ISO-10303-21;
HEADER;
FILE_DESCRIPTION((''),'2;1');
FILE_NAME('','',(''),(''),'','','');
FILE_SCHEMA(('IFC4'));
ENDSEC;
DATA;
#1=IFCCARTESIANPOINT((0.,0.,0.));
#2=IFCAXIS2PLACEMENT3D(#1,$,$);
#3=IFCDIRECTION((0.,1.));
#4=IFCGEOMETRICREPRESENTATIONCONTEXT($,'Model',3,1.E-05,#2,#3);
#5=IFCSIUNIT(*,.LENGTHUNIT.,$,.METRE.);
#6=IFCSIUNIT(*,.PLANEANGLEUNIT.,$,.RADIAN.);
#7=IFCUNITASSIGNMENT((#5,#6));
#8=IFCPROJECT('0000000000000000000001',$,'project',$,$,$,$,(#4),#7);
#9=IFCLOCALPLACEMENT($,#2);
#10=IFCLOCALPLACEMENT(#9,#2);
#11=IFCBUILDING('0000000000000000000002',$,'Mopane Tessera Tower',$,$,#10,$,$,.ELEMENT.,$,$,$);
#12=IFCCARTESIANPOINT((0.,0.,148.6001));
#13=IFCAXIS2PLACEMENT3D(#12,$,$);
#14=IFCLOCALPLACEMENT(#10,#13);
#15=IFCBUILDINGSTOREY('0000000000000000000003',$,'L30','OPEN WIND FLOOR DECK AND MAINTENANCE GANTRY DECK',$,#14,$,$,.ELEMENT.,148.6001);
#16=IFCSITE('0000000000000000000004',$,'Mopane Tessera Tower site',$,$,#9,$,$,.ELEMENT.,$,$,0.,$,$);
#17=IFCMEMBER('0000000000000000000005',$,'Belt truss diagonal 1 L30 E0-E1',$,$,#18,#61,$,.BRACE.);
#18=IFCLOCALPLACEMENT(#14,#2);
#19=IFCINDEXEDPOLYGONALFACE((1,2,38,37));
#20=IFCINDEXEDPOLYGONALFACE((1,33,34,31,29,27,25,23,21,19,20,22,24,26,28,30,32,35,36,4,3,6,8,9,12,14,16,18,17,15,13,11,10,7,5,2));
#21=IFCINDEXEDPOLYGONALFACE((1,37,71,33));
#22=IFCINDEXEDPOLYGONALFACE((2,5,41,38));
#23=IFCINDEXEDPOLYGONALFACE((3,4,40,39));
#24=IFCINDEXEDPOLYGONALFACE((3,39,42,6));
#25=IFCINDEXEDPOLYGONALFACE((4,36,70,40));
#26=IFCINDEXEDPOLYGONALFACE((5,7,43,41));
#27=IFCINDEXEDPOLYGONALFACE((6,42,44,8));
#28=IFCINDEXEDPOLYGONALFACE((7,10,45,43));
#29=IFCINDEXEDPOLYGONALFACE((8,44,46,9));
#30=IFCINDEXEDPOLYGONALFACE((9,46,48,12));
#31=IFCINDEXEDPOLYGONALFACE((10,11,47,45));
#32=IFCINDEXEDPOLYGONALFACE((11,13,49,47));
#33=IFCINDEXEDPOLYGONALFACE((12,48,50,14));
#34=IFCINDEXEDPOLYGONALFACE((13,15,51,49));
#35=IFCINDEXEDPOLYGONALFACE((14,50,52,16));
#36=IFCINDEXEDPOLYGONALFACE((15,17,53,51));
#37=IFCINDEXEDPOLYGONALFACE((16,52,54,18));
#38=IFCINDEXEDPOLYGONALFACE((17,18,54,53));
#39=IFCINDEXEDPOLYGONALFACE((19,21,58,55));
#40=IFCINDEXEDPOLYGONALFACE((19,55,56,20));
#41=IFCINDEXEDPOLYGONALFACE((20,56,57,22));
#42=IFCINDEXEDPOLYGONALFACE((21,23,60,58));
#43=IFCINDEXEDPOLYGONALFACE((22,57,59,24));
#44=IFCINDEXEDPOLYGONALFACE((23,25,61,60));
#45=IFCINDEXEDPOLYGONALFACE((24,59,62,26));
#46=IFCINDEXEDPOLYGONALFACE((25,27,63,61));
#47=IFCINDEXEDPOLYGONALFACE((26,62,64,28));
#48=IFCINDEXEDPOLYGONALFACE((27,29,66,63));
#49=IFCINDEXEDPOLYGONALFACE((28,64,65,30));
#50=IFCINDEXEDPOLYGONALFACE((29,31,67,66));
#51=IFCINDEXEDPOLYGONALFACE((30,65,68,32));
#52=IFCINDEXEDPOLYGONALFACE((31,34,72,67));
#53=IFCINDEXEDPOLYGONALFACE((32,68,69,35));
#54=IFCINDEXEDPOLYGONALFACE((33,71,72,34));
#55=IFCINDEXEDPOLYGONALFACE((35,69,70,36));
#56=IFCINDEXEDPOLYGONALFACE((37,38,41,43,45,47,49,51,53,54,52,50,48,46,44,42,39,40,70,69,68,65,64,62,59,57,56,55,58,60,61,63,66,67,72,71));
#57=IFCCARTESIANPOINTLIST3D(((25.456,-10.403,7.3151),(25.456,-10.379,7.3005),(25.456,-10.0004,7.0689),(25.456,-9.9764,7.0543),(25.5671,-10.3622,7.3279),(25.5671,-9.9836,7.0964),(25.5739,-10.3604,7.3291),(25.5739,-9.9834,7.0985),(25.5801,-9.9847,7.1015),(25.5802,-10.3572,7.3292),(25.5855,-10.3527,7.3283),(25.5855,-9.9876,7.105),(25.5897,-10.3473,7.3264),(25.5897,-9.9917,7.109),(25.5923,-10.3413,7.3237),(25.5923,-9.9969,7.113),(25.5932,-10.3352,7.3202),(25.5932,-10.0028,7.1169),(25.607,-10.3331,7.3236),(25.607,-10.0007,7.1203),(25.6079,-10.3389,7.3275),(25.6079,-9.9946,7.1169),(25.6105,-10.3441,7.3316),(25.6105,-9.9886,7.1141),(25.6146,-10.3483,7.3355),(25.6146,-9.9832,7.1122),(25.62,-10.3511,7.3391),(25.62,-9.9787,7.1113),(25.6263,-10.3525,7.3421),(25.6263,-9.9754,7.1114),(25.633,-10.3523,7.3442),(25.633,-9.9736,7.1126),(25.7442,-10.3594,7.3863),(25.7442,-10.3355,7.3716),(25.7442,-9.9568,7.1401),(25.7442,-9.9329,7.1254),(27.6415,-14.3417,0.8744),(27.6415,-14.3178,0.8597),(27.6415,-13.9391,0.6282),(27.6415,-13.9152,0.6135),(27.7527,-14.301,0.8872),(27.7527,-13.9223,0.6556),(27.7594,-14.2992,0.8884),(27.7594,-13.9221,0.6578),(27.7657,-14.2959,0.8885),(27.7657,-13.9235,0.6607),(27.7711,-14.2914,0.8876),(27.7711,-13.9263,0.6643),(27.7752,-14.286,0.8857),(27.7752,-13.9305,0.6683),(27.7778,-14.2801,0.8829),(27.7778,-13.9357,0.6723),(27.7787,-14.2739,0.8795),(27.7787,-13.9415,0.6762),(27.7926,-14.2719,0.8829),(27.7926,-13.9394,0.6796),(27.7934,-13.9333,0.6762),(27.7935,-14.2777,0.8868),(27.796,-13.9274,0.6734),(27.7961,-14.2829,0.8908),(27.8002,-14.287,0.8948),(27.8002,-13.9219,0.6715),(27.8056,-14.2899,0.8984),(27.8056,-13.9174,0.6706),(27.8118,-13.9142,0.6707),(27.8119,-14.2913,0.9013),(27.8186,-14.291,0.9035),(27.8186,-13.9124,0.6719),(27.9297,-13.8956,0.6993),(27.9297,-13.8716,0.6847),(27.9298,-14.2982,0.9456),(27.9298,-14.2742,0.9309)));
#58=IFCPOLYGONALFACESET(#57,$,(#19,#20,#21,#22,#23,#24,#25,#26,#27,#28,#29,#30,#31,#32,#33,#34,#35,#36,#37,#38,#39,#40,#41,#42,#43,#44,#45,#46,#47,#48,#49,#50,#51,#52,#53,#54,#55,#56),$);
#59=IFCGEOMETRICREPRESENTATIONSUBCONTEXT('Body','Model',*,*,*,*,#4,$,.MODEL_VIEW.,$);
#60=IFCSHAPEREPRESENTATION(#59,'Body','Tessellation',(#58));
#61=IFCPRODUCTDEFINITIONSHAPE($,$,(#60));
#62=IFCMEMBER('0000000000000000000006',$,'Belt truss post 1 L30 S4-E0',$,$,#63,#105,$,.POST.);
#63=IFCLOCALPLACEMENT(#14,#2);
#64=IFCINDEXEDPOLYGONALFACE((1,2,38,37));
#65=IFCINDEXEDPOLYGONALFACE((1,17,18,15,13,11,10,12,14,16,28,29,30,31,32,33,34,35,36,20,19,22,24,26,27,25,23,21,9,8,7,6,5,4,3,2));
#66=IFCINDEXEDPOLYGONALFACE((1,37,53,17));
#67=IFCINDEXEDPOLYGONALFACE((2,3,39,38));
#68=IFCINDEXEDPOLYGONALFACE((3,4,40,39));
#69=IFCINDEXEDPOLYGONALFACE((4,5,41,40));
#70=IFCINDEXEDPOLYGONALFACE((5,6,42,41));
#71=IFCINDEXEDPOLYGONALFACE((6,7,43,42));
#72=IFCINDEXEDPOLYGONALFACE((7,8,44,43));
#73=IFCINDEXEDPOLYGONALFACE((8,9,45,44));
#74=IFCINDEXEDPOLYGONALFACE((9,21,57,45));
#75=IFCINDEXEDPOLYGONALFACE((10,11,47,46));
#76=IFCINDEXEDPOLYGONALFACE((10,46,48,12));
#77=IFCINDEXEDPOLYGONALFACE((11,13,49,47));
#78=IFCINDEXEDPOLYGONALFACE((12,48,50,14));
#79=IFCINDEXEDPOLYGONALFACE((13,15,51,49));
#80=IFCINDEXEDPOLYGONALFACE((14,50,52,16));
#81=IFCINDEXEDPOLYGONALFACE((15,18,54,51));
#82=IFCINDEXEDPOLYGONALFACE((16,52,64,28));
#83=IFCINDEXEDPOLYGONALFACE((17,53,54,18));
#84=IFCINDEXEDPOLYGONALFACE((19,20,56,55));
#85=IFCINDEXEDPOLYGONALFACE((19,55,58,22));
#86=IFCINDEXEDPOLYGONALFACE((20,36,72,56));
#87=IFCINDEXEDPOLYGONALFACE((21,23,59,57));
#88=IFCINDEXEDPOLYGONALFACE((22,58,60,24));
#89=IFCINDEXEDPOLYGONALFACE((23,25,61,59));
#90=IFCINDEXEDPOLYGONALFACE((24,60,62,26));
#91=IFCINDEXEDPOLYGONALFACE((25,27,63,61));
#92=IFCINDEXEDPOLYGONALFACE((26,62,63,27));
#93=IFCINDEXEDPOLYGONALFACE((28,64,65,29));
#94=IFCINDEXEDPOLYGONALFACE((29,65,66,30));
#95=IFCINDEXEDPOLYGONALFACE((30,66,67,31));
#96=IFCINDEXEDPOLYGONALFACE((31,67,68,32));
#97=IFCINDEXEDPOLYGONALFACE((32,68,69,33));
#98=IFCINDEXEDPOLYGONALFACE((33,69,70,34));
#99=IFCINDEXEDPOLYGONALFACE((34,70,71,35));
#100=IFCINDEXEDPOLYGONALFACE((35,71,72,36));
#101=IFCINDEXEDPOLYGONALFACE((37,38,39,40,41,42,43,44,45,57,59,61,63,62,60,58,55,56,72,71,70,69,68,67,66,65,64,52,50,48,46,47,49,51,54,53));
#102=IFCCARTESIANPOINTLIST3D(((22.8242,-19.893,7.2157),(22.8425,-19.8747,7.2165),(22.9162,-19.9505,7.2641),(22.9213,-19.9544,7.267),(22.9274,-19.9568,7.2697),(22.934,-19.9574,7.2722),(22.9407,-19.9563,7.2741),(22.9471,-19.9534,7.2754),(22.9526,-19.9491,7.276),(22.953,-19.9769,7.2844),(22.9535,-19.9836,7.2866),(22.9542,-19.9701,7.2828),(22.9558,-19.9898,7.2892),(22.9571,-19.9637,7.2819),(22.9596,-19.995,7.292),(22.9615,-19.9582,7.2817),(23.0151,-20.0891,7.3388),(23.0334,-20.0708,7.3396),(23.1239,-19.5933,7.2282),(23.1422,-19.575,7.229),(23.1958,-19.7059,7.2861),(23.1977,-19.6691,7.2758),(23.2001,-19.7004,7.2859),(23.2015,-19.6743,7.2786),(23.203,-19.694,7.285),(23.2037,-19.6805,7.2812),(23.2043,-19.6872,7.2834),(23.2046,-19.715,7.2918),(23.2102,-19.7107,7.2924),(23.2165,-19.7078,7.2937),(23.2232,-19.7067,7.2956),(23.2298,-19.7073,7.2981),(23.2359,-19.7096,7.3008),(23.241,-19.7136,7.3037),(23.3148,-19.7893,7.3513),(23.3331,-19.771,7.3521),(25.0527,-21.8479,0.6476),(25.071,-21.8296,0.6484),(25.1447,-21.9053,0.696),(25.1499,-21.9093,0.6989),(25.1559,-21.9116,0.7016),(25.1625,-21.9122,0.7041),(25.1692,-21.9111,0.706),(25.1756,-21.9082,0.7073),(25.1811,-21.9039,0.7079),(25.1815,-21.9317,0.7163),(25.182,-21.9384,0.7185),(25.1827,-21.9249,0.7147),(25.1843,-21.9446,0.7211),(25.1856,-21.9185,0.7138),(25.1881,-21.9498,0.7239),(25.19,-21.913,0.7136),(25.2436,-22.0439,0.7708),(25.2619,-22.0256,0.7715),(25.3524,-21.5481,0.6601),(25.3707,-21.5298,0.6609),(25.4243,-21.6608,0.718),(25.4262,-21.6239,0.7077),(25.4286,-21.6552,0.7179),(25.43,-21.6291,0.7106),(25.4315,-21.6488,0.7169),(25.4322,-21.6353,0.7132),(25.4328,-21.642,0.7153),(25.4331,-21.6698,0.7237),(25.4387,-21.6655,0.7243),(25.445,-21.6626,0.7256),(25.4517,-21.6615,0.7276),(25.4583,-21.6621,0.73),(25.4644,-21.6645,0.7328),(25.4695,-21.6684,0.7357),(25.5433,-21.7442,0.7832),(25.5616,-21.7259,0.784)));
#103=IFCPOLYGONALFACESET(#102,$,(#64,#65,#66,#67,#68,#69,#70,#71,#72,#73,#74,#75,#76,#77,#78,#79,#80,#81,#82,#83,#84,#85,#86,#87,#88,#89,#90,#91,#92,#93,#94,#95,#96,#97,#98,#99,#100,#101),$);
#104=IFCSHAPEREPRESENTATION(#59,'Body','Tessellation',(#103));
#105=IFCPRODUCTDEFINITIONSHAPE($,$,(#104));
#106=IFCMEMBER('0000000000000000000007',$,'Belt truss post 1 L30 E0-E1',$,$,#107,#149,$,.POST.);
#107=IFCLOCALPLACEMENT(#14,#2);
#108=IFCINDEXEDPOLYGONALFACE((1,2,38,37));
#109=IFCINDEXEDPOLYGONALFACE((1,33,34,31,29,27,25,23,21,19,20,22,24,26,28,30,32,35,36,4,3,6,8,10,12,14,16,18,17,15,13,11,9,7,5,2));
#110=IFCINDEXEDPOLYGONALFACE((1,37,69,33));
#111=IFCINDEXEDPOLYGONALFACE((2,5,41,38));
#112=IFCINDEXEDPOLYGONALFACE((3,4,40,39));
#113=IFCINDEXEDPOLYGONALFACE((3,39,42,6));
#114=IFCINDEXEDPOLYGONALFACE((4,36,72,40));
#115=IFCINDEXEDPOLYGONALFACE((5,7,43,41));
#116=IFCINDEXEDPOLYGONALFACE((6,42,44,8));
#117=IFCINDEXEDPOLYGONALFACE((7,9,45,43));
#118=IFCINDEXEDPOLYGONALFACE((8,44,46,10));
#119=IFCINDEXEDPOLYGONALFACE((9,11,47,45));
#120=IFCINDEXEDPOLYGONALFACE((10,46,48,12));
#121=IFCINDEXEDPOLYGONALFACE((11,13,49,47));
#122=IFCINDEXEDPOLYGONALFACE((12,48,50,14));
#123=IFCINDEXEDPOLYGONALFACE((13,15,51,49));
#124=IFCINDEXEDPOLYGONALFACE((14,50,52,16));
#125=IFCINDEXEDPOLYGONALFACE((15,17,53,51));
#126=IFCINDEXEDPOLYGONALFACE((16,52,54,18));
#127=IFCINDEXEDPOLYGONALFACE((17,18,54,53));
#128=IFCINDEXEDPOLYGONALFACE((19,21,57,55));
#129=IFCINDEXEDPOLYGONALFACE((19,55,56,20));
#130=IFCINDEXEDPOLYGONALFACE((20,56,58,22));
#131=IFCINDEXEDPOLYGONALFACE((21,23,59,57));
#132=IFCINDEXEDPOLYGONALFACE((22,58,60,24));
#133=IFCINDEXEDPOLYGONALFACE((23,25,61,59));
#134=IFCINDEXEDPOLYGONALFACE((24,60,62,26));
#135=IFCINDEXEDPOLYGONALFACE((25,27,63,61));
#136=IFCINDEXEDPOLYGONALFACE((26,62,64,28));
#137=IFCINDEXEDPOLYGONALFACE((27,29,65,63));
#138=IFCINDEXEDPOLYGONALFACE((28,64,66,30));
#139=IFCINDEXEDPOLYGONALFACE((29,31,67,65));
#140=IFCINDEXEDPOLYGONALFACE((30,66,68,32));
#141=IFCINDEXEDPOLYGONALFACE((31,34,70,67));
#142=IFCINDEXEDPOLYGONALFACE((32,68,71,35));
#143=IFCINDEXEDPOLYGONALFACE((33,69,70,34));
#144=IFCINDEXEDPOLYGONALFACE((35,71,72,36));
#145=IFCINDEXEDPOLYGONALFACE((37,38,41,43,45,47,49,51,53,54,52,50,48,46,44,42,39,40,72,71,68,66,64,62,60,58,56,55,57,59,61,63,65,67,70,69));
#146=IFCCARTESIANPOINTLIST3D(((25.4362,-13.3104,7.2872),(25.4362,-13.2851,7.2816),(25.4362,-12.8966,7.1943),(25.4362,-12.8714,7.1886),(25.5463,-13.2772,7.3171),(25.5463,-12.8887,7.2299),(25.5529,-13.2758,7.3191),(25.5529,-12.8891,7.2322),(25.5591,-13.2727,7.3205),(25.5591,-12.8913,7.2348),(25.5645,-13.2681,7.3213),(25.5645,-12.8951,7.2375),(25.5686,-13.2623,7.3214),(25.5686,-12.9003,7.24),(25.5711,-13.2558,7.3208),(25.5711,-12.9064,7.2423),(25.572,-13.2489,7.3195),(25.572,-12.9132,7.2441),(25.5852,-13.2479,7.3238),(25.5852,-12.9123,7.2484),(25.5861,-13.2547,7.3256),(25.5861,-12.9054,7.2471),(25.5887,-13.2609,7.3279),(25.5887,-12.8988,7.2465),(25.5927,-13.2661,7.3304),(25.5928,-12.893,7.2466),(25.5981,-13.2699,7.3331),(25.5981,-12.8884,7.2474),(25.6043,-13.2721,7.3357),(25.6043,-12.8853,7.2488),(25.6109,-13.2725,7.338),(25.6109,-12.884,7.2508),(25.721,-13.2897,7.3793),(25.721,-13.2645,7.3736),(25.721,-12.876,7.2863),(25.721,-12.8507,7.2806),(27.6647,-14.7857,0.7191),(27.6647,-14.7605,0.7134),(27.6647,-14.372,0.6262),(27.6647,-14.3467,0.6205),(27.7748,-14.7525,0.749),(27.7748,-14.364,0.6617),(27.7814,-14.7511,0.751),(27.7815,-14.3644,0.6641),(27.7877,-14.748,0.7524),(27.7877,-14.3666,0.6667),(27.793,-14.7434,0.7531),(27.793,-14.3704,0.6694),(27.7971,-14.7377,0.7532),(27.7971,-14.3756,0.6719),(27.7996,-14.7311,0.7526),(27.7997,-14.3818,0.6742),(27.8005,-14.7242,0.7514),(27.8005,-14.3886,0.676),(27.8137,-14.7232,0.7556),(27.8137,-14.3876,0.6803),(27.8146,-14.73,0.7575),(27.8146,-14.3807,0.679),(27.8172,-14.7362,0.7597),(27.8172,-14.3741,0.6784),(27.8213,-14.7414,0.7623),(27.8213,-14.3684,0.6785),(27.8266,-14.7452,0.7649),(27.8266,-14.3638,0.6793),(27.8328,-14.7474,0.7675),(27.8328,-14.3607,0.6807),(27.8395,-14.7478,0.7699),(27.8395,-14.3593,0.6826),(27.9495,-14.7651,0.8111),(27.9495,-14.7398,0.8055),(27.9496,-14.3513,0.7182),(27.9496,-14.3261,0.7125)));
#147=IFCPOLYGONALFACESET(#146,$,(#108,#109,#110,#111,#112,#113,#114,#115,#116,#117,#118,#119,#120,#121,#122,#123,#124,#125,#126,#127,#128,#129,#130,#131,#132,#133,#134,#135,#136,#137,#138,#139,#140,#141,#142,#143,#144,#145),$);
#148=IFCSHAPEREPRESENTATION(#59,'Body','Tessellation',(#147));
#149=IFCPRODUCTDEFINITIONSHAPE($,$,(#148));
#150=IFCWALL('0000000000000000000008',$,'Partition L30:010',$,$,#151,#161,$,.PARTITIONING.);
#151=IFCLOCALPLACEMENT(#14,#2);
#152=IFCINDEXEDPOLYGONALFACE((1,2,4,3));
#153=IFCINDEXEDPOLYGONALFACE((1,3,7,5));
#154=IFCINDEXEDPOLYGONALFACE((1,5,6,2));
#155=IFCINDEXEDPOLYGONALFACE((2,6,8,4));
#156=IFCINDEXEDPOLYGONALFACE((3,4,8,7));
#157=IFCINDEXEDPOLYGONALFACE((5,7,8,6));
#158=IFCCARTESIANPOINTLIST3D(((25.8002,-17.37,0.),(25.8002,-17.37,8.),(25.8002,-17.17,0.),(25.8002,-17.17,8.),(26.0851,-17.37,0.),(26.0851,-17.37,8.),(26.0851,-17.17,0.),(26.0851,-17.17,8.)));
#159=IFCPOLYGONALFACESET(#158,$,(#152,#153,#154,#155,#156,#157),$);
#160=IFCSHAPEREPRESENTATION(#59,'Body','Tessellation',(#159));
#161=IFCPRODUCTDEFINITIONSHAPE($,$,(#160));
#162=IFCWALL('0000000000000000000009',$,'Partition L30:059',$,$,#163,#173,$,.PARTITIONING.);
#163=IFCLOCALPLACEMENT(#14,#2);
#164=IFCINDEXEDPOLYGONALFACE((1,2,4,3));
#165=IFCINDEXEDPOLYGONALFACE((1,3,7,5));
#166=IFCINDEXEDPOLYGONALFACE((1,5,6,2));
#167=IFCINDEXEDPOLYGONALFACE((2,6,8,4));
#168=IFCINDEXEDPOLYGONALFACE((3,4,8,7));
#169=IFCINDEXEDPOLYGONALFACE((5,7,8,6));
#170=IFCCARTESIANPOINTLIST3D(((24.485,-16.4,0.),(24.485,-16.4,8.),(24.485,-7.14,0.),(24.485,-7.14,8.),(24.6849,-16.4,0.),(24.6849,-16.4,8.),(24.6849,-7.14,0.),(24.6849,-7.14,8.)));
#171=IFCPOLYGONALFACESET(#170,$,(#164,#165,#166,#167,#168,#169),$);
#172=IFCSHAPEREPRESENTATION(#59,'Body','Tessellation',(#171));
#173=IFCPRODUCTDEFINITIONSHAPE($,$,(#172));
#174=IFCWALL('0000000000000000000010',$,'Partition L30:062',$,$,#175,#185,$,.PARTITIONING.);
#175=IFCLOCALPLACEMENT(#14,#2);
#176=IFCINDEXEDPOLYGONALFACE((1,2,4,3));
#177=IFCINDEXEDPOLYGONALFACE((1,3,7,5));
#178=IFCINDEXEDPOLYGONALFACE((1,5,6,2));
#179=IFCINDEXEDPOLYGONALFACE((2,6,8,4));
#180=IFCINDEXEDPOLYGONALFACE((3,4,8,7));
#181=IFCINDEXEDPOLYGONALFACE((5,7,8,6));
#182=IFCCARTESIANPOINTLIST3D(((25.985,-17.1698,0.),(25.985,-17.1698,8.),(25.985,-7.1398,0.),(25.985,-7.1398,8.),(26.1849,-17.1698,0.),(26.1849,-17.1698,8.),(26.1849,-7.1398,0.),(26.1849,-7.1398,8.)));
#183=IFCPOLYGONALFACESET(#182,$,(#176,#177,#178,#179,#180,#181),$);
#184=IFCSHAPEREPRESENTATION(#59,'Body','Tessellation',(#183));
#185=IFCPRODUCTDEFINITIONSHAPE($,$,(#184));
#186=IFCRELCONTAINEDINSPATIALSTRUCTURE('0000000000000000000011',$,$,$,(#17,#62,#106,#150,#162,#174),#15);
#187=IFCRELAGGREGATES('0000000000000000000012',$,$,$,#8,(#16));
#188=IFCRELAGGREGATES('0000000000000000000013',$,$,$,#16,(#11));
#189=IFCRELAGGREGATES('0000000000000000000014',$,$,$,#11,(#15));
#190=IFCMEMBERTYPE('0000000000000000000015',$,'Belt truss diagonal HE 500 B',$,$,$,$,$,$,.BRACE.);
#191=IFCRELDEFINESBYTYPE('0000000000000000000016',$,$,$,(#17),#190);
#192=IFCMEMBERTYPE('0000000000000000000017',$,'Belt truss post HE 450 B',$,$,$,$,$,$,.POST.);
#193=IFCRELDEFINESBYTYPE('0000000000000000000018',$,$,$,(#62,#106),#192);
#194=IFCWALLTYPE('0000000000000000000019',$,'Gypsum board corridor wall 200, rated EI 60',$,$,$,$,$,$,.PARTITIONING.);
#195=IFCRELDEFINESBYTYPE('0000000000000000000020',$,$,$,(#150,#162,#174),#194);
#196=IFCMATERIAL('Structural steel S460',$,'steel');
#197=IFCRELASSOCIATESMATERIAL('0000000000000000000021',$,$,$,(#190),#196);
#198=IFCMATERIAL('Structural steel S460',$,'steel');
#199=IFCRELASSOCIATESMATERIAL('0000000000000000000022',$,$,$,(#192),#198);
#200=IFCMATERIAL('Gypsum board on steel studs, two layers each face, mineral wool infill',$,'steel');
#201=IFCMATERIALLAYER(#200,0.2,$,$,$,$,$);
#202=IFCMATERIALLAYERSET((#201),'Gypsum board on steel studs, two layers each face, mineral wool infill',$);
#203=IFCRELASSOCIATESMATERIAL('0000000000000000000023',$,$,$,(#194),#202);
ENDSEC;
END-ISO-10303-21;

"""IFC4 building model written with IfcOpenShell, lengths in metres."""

from ifc_helpers import new_model, si_unit, direction, frame, frame_2d, origin, origin_2d, place, context, subcontext, project, spatial, rectangle, i_section, extrude, material, layer, layer_set, material_profile, profile_set, type_object, element, save


model = new_model("IFC4")

# Units and contexts
model_context = context("Model", 3, precision=1e-05, world=origin(), true_north=direction((0.0, 1.0)))
body_context = subcontext(model_context, "Body", "Model", "MODEL_VIEW")
ifc_project = project(units=[si_unit("LENGTHUNIT", "METRE"), si_unit("PLANEANGLEUNIT", "RADIAN")], contexts=[model_context])

# Site, building, storey
site_placement = place(None, origin())
site = spatial("IfcSite", under=ifc_project, at=site_placement, Name="Mopane Tessera Tower site", CompositionType="ELEMENT", RefElevation=0.0)
building_placement = place(site_placement, origin())
building = spatial("IfcBuilding", under=site, at=building_placement, Name="Mopane Tessera Tower", CompositionType="ELEMENT")
storey_placement = place(building_placement, frame((0.0, 0.0, 148.6001)))
storey = spatial("IfcBuildingStorey", under=building, at=storey_placement, Name="L30", Description="OPEN WIND FLOOR DECK AND MAINTENANCE GANTRY DECK", CompositionType="ELEMENT", Elevation=148.6001)

# Members
ifc_material_1 = material(Name="Structural steel S460", Category="steel")
ifc_material_profile_1 = material_profile(ifc_material_1, i_section(OverallWidth=0.3, OverallDepth=0.5, WebThickness=0.0144, FlangeThickness=0.0281, FilletRadius=0.0271, at=origin_2d()))
ifc_profile_set_1 = profile_set([ifc_material_profile_1], Name="Structural steel S460")
member_type_1 = type_object("IfcMemberType", Name="Belt truss diagonal HE 500 B", PredefinedType="BRACE", material=ifc_profile_set_1)
member_1_placement = place(storey_placement, frame((27.7856, -14.1067, 0.7795), z_axis=(-0.278076, 0.501139, 0.819472), x_axis=(-0.960559, -0.145106, -0.237214)))
element("IfcMember", 1, at=member_1_placement, inside=storey, type_object=member_type_1, Name="Belt truss diagonal 1 L30 E0-E1", PredefinedType="BRACE", context=body_context, shape_type="SweptSolid", body=[
    extrude(i_section(OverallWidth=0.3, OverallDepth=0.5, WebThickness=0.0144, FlangeThickness=0.0281, FilletRadius=0.0271, at=origin_2d()), origin(), (0.0, 0.0, 1.0), 7.8596),
])
ifc_material_2 = material(Name="Structural steel S460", Category="steel")
ifc_material_profile_2 = material_profile(ifc_material_2, i_section(OverallWidth=0.3, OverallDepth=0.45, WebThickness=0.0139, FlangeThickness=0.0259, FilletRadius=0.0271, at=origin_2d()))
ifc_profile_set_2 = profile_set([ifc_material_profile_2], Name="Structural steel S460")
member_type_2 = type_object("IfcMemberType", Name="Belt truss post HE 450 B", PredefinedType="POST", material=ifc_profile_set_2)
member_2_placement = place(storey_placement, frame((25.3071, -21.7869, 0.7158), z_axis=(-0.309254, 0.271275, 0.911467), x_axis=(-0.636223, 0.653345, -0.410318)))
element("IfcMember", 2, at=member_2_placement, inside=storey, type_object=member_type_2, Name="Belt truss post 1 L30 S4-E0", PredefinedType="POST", context=body_context, shape_type="SweptSolid", body=[
    extrude(i_section(OverallWidth=0.3, OverallDepth=0.45, WebThickness=0.0139, FlangeThickness=0.0259, FilletRadius=0.0271, at=origin_2d()), origin(), (0.0, 0.0, 1.0), 7.2061),
])
member_3_placement = place(storey_placement, frame((27.8071, -14.5559, 0.7158), z_axis=(-0.314271, 0.208057, 0.926254), x_axis=(-0.949333, -0.068845, -0.306638)))
element("IfcMember", 3, at=member_3_placement, inside=storey, type_object=member_type_2, Name="Belt truss post 1 L30 E0-E1", PredefinedType="POST", context=body_context, shape_type="SweptSolid", body=[
    extrude(i_section(OverallWidth=0.3, OverallDepth=0.45, WebThickness=0.0139, FlangeThickness=0.0259, FilletRadius=0.0271, at=origin_2d()), origin(), (0.0, 0.0, 1.0), 7.0911),
])

# Walls
ifc_material_3 = material(Name="Gypsum board on steel studs, two layers each face, mineral wool infill", Category="steel")
ifc_layer_1 = layer(ifc_material_3, 0.2)
ifc_layer_set_1 = layer_set([ifc_layer_1], Name="Gypsum board on steel studs, two layers each face, mineral wool infill")
wall_type = type_object("IfcWallType", Name="Gypsum board corridor wall 200, rated EI 60", PredefinedType="PARTITIONING", material=ifc_layer_set_1)
wall_1_placement = place(storey_placement, frame((25.8, -17.27, 0.0), z_axis=(0.0, 0.0, 1.0), x_axis=(1.0, 0.0, 0.0)))
element("IfcWall", 4, at=wall_1_placement, inside=storey, type_object=wall_type, Name="Partition L30:010", PredefinedType="PARTITIONING", context=body_context, shape_type="SweptSolid", body=[
    extrude(rectangle(XDim=0.2849, YDim=0.2, at=frame_2d((0.1426, 0.0))), origin(), (0.0, 0.0, 1.0), 8.0),
])
wall_2_placement = place(storey_placement, frame((24.585, -16.3999, 0.0), z_axis=(0.0, 0.0, 1.0), x_axis=(0.0, 1.0, 0.0)))
element("IfcWall", 5, at=wall_2_placement, inside=storey, type_object=wall_type, Name="Partition L30:059", PredefinedType="PARTITIONING", context=body_context, shape_type="SweptSolid", body=[
    extrude(rectangle(XDim=9.26, YDim=0.2, at=frame_2d((4.6299, 0.0))), origin(), (0.0, 0.0, 1.0), 8.0),
])
wall_3_placement = place(storey_placement, frame((26.085, -17.1699, 0.0), z_axis=(0.0, 0.0, 1.0), x_axis=(0.0, 1.0, 0.0)))
element("IfcWall", 6, at=wall_3_placement, inside=storey, type_object=wall_type, Name="Partition L30:062", PredefinedType="PARTITIONING", context=body_context, shape_type="SweptSolid", body=[
    extrude(rectangle(XDim=10.03, YDim=0.2, at=frame_2d((5.0151, 0.0))), origin(), (0.0, 0.0, 1.0), 8.0),
])

save(model, "model.ifc")
